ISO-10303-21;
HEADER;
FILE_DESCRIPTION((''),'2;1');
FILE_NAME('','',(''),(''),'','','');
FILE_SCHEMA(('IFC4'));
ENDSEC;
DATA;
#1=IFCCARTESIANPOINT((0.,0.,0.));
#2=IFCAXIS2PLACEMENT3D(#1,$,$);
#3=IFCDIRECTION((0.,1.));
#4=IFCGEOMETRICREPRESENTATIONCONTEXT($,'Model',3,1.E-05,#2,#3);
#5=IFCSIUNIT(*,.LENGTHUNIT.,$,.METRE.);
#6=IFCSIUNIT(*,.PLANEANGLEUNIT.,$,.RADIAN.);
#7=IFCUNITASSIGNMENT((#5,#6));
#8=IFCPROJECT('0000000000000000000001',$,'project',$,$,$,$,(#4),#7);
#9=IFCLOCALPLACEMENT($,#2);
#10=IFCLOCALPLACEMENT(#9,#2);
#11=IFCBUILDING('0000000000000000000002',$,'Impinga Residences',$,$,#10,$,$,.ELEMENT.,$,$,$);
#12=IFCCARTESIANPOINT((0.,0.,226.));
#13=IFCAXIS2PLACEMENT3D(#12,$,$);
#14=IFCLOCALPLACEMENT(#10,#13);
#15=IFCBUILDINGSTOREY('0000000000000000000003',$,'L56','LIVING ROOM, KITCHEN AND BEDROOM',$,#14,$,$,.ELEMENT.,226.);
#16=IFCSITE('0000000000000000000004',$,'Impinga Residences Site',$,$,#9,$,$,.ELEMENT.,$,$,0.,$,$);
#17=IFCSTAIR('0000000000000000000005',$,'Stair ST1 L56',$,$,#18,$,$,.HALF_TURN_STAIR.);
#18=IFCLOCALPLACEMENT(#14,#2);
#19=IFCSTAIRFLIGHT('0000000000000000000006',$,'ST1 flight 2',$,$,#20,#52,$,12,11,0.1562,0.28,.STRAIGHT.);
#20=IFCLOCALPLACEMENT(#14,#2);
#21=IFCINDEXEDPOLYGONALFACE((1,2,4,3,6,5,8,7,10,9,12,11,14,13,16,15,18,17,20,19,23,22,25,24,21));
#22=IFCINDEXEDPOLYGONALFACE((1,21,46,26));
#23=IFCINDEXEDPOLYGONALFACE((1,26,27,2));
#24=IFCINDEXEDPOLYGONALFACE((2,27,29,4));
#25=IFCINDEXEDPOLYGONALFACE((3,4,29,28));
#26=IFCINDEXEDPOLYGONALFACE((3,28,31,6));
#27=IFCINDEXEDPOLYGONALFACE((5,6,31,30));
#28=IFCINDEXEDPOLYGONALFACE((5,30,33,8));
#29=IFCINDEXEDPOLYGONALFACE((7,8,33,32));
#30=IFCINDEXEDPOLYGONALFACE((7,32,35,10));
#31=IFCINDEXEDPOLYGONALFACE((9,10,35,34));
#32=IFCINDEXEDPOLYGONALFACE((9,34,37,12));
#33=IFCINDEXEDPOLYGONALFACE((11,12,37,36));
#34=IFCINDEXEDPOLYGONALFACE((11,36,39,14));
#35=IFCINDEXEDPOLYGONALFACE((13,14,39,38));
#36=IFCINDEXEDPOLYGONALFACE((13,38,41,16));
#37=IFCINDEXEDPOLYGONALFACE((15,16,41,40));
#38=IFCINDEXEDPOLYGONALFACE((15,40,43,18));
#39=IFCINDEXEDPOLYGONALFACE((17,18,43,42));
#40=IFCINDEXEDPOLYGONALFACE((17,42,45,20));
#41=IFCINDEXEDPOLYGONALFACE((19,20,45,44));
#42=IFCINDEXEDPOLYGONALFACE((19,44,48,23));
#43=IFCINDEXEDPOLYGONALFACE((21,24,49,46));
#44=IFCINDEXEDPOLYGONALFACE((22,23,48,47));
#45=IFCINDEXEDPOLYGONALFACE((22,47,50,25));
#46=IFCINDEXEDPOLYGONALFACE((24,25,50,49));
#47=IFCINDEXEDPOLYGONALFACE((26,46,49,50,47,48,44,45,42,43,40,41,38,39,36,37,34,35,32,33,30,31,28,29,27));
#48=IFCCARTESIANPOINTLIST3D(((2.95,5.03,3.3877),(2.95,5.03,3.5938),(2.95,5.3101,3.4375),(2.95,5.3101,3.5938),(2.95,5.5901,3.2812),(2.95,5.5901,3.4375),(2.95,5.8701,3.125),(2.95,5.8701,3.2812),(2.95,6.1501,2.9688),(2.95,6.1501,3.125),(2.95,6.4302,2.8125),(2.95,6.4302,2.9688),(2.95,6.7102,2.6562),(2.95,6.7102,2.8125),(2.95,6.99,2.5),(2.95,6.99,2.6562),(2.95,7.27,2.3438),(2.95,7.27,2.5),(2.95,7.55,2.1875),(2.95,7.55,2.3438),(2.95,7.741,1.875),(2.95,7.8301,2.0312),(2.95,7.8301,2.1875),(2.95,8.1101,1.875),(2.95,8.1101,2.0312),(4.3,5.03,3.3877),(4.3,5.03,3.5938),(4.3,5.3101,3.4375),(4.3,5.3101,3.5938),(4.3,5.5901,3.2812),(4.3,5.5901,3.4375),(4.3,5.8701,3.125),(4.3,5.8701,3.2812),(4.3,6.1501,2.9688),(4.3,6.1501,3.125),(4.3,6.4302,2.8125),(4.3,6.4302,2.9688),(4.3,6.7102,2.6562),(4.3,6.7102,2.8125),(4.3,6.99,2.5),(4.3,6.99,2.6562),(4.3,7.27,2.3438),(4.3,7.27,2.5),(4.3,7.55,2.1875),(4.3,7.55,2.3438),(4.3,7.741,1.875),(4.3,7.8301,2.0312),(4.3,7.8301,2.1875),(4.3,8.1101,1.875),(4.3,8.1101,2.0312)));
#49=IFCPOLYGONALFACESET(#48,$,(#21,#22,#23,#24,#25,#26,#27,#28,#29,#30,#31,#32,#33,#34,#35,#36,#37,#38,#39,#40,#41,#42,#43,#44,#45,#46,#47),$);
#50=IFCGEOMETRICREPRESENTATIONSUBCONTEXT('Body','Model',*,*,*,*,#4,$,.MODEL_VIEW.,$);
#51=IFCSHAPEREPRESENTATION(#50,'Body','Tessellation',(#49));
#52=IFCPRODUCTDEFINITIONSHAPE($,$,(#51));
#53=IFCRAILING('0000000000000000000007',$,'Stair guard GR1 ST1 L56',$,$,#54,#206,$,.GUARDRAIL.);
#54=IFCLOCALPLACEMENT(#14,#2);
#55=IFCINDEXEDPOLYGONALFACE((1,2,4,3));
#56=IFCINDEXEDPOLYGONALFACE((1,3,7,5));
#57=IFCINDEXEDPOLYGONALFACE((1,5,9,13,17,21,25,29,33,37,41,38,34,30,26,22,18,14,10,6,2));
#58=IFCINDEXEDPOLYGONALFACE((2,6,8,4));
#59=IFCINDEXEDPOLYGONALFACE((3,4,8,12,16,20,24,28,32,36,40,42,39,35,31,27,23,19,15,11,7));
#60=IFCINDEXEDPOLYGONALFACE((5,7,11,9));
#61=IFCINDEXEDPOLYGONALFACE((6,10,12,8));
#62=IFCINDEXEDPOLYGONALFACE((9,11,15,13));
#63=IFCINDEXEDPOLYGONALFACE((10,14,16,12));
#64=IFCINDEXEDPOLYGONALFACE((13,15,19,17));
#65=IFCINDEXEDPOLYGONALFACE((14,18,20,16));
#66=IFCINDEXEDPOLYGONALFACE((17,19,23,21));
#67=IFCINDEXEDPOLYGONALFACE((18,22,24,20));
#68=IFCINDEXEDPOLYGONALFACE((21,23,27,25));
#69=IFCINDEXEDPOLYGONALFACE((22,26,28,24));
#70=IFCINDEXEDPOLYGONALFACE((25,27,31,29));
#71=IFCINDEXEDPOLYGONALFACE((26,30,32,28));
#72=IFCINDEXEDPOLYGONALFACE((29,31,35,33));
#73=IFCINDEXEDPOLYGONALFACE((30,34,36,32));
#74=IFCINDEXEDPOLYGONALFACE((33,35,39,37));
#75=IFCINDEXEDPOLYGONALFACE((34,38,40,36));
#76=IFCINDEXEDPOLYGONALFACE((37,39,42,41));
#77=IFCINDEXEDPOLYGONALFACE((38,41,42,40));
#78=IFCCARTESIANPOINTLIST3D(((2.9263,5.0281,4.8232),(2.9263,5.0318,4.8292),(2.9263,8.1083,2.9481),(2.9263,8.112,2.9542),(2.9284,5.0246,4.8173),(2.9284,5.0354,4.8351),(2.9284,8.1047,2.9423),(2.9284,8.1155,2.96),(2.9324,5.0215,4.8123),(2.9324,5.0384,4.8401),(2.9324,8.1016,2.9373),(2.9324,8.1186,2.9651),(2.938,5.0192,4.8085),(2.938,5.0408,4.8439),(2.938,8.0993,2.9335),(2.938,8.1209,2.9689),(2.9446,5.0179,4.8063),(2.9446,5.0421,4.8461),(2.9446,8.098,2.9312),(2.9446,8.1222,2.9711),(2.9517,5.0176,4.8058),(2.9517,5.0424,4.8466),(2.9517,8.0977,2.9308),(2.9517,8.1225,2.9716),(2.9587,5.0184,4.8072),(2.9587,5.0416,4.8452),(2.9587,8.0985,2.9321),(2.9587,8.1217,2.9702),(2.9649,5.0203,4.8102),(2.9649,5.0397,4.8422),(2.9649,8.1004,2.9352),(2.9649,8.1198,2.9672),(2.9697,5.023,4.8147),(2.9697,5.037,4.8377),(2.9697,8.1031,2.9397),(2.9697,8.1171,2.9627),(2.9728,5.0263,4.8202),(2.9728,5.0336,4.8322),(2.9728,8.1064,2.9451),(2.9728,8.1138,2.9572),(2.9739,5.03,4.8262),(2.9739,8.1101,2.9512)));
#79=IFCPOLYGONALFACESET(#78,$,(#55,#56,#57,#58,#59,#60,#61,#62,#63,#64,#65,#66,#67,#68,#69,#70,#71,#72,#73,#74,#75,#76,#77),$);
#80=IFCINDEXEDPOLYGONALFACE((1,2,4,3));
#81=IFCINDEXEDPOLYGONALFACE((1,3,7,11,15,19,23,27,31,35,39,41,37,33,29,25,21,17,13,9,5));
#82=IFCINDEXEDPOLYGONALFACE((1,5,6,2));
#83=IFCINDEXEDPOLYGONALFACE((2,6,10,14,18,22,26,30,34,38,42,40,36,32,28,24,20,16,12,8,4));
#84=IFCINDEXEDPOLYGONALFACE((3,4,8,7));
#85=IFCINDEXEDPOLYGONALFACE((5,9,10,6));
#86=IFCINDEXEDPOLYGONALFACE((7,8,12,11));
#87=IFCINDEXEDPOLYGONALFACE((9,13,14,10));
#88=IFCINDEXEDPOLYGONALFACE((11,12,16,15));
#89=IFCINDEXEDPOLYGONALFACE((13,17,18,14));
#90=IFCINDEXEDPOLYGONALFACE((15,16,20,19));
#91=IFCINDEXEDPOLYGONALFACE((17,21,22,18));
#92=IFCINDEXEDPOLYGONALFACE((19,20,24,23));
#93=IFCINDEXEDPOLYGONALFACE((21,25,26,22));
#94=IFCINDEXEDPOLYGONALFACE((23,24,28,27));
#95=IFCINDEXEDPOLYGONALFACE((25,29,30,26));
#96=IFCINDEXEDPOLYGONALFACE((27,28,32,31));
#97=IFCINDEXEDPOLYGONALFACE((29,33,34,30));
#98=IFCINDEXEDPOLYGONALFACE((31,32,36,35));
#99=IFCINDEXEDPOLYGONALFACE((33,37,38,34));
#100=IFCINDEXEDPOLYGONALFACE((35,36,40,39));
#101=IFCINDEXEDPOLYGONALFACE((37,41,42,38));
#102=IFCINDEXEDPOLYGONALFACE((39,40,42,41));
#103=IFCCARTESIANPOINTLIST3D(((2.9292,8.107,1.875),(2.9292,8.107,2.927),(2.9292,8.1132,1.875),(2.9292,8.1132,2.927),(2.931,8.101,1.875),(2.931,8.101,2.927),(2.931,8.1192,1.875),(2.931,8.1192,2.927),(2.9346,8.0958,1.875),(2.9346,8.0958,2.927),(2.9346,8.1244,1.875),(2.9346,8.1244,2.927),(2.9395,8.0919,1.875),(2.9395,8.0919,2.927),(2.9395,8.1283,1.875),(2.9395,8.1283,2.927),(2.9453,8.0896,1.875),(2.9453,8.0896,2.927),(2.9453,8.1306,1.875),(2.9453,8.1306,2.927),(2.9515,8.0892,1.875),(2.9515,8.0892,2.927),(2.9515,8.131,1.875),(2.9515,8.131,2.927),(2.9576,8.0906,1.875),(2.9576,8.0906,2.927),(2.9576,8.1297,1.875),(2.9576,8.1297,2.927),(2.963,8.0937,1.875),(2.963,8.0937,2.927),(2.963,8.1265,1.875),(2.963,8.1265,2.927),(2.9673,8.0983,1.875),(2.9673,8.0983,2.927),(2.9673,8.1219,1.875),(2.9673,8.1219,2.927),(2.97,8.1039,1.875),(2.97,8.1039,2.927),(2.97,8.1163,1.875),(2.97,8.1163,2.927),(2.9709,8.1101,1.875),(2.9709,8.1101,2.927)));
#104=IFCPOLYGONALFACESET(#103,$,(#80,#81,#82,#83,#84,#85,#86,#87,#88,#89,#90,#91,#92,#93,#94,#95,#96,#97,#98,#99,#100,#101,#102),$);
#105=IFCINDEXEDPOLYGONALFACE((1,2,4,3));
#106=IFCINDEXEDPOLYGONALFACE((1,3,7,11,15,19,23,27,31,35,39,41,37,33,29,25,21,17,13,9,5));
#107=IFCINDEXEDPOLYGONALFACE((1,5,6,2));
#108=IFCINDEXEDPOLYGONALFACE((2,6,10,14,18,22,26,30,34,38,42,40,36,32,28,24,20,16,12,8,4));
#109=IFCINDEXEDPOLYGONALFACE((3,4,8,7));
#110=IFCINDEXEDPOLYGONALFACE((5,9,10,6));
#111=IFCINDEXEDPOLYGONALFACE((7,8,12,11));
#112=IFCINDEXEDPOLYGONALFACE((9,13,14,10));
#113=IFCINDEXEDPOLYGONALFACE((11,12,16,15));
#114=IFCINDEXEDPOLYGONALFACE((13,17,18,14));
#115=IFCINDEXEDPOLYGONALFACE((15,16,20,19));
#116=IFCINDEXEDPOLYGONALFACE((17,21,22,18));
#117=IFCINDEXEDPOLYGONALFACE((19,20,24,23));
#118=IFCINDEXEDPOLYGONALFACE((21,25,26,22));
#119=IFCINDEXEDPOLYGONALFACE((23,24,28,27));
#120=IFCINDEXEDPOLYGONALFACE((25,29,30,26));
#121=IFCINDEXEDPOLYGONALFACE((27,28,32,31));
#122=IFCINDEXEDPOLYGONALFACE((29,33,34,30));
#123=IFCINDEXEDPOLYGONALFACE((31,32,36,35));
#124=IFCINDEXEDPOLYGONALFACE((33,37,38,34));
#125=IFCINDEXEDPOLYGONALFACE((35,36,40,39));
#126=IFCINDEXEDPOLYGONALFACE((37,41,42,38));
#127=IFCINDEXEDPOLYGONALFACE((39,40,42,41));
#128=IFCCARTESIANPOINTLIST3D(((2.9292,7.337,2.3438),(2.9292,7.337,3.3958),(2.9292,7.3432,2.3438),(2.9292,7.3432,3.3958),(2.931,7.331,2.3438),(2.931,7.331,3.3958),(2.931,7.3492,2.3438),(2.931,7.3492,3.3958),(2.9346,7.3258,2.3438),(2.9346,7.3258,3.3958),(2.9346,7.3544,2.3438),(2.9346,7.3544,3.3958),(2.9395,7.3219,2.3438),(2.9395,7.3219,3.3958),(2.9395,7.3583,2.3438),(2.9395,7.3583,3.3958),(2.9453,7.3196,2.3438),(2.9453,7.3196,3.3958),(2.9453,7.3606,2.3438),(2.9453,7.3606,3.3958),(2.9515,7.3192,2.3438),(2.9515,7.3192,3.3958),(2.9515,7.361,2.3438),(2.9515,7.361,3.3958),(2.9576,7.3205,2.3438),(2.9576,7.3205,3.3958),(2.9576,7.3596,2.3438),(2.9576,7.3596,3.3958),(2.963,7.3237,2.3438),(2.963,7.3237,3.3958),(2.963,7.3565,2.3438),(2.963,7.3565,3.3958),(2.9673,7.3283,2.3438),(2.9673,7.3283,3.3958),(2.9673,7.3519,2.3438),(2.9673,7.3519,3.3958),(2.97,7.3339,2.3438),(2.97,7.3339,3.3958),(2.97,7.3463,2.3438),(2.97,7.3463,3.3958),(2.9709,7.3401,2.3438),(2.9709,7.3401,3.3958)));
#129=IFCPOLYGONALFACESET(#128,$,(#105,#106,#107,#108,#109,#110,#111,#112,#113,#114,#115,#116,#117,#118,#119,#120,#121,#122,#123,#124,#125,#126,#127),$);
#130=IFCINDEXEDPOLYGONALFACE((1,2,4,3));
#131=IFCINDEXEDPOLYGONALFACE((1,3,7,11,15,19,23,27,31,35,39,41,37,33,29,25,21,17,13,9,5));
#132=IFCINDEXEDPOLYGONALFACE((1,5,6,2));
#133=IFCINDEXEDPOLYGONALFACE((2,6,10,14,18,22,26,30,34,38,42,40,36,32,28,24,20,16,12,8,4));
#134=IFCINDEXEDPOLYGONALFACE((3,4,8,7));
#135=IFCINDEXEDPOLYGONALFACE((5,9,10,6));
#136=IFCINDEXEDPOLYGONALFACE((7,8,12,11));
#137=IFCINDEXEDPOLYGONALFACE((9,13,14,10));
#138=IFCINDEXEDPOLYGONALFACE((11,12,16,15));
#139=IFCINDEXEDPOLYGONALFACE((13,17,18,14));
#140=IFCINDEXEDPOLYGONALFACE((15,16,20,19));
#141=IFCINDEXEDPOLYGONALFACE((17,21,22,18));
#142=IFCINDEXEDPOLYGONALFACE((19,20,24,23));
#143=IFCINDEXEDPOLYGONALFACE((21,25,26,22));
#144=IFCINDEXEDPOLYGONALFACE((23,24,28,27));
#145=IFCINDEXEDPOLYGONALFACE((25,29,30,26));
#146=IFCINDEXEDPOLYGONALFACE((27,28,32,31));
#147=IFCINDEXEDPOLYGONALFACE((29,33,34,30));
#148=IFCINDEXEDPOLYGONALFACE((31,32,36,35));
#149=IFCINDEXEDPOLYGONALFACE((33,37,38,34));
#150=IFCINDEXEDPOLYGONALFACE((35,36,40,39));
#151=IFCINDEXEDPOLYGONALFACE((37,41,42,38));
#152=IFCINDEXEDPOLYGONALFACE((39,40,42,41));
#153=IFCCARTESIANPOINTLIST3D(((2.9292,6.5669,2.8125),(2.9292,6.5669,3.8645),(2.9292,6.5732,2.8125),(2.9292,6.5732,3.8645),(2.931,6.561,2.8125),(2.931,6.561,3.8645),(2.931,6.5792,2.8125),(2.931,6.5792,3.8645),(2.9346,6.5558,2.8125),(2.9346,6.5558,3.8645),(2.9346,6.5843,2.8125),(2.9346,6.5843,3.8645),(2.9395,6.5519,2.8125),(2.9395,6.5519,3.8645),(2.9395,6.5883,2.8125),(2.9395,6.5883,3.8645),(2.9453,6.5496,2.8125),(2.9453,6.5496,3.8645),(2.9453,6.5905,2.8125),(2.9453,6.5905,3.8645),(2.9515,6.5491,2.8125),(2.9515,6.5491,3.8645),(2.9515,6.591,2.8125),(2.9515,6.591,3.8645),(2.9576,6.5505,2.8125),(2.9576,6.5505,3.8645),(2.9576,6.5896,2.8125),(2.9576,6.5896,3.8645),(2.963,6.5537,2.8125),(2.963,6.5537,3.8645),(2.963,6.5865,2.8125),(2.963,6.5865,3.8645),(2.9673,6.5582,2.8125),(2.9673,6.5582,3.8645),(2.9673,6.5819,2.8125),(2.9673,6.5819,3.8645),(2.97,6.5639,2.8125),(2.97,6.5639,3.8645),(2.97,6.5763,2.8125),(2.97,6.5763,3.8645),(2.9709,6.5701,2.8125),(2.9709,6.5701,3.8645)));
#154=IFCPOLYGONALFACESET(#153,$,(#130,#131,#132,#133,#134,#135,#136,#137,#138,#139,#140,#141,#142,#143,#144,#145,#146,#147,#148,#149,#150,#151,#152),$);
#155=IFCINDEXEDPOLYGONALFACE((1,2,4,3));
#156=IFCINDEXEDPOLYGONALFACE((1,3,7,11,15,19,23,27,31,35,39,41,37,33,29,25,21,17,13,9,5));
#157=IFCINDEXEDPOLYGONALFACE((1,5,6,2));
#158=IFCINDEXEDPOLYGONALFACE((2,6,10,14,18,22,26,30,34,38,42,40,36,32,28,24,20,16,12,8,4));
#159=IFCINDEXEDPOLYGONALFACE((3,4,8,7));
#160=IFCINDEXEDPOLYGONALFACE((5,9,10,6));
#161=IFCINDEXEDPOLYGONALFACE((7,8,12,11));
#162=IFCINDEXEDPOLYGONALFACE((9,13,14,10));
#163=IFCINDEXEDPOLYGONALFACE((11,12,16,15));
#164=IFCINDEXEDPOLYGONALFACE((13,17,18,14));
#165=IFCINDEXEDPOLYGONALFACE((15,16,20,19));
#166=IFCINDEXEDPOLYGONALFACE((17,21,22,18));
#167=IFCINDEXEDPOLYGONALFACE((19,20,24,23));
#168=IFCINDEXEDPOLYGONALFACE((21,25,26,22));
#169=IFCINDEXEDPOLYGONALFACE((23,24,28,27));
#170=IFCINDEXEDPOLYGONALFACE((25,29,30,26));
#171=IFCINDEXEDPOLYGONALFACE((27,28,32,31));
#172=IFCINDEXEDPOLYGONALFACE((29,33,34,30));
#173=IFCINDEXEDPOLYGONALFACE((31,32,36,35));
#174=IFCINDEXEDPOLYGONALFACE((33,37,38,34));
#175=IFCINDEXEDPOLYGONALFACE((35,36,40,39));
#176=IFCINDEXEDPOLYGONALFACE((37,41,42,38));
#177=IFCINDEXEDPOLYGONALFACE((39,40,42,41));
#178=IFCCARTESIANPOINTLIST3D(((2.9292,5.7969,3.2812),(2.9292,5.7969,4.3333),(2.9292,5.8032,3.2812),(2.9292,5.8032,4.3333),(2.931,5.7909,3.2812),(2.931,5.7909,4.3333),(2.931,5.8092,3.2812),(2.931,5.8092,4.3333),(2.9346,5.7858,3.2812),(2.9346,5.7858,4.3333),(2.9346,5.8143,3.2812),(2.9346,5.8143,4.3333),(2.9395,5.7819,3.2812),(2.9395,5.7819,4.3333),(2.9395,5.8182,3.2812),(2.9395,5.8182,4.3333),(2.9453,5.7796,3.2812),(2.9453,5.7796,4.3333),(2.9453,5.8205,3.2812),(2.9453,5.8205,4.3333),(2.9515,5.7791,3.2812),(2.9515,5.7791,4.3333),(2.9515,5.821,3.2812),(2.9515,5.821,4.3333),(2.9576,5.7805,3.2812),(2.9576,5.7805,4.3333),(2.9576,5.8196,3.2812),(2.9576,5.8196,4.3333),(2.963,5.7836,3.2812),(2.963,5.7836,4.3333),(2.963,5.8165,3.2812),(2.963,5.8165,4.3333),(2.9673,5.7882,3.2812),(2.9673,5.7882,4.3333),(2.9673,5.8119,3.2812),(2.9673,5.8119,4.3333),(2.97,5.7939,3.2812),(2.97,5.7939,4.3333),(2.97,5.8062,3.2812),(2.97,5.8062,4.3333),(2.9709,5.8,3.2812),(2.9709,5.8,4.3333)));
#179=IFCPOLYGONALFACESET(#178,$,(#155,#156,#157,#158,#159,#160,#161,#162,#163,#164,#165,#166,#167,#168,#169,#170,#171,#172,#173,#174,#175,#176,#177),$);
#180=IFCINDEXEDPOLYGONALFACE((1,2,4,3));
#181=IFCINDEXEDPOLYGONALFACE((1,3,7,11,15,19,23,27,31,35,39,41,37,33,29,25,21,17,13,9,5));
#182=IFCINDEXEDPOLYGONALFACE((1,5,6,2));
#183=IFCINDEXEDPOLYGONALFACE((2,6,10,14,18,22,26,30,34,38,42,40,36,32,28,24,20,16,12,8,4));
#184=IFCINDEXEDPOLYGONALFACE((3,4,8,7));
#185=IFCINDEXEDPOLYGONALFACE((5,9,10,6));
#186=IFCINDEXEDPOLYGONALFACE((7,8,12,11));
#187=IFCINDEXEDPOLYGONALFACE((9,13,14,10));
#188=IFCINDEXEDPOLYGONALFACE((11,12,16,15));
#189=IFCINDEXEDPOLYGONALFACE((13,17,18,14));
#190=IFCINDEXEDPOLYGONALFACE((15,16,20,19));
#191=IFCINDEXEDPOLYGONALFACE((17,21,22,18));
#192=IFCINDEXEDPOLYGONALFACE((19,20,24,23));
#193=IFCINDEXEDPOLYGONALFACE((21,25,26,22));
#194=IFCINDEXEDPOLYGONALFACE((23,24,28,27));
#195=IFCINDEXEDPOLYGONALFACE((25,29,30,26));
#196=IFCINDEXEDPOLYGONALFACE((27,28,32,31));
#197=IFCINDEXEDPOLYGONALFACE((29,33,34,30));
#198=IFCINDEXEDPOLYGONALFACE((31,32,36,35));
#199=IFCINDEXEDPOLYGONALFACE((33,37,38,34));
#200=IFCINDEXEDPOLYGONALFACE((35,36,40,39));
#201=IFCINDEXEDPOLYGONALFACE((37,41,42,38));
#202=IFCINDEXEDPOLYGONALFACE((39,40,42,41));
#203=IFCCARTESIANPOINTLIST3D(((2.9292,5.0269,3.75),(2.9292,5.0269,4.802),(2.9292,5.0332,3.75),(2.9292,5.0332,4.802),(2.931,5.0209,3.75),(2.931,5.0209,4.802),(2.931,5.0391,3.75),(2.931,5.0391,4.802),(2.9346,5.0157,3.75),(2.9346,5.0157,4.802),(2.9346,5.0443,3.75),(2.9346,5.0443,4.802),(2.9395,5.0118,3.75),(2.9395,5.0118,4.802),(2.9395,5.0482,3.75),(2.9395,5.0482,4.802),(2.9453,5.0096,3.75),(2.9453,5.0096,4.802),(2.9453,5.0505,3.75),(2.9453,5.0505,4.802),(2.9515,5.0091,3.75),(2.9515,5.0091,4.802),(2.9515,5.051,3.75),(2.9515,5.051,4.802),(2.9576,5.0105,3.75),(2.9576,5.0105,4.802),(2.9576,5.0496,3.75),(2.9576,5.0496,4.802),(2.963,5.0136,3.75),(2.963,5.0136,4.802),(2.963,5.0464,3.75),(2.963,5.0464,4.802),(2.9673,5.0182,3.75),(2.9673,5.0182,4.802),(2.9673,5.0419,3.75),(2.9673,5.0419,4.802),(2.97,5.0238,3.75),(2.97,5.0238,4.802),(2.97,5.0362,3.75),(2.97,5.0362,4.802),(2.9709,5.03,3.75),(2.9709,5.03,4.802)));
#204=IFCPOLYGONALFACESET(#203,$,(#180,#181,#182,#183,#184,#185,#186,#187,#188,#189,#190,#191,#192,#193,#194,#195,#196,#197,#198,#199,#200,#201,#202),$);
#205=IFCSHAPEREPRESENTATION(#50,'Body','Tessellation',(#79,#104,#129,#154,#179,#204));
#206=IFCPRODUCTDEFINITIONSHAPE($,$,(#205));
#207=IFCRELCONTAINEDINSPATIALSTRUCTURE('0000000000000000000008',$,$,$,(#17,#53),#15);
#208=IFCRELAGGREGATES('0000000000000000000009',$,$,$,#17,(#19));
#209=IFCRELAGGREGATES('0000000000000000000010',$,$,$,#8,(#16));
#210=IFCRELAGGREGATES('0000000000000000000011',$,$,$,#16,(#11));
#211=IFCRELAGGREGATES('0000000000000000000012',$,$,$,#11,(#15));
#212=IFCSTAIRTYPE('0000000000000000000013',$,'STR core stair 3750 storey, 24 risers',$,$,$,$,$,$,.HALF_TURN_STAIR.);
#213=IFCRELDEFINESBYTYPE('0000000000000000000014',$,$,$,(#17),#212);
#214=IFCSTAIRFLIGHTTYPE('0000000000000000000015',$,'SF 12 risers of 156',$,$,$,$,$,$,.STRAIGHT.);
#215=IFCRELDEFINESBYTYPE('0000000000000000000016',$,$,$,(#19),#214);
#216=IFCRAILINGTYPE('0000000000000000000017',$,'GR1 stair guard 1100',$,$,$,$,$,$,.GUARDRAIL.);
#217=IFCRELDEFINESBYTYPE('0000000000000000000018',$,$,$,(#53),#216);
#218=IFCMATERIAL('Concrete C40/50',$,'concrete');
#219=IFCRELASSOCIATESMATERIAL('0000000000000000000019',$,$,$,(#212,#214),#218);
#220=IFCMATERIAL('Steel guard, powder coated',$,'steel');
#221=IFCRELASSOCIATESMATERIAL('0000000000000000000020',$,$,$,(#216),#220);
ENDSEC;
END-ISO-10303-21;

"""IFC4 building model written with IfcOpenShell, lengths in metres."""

from ifc_helpers import new_model, si_unit, direction, frame, origin, origin_2d, place, context, subcontext, project, spatial, polyline, circle, outline, extrude, material, type_object, element, aggregate, save


model = new_model("IFC4")

# Units and contexts
model_context = context("Model", 3, precision=1e-05, world=origin(), true_north=direction((0.0, 1.0)))
body_context = subcontext(model_context, "Body", "Model", "MODEL_VIEW")
ifc_project = project(units=[si_unit("LENGTHUNIT", "METRE"), si_unit("PLANEANGLEUNIT", "RADIAN")], contexts=[model_context])

# Site, building, storey
site_placement = place(None, origin())
site = spatial("IfcSite", under=ifc_project, at=site_placement, Name="Impinga Residences Site", CompositionType="ELEMENT", RefElevation=0.0)
building_placement = place(site_placement, origin())
building = spatial("IfcBuilding", under=site, at=building_placement, Name="Impinga Residences", CompositionType="ELEMENT")
storey_placement = place(building_placement, frame((0.0, 0.0, 226.0)))
storey = spatial("IfcBuildingStorey", under=building, at=storey_placement, Name="L56", Description="LIVING ROOM, KITCHEN AND BEDROOM", CompositionType="ELEMENT", Elevation=226.0)

# Stair, stair flight
ifc_material_1 = material(Name="Concrete C40/50", Category="concrete")
stair_type = type_object("IfcStairType", Name="STR core stair 3750 storey, 24 risers", PredefinedType="HALF_TURN_STAIR", material=ifc_material_1)
stair_placement = place(storey_placement, origin())
stair = element("IfcStair", 1, at=stair_placement, inside=storey, type_object=stair_type, Name="Stair ST1 L56", PredefinedType="HALF_TURN_STAIR")
stair_flight_type = type_object("IfcStairFlightType", Name="SF 12 risers of 156", PredefinedType="STRAIGHT", material=ifc_material_1)
stair_flight_placement = place(storey_placement, frame((3.625, 8.1101, 1.875), z_axis=(0.0, 0.0, 1.0), x_axis=(0.0, -1.0, 0.0)))
stair_flight = element("IfcStairFlight", 2, at=stair_flight_placement, type_object=stair_flight_type, Name="ST1 flight 2", NumberOfRisers=12, NumberOfTreads=11, PredefinedType="STRAIGHT", RiserHeight=0.1562, TreadLength=0.28, context=body_context, shape_type="SweptSolid", body=[
    extrude(outline(polyline([(0.0, 0.0), (0.0, 0.1562), (0.28, 0.1562), (0.28, 0.3125), (0.5601, 0.3125), (0.5601, 0.4688), (0.8401, 0.4688), (0.8401, 0.625), (1.1201, 0.625), (1.1201, 0.7812), (1.3999, 0.7812), (1.3999, 0.9375), (1.6799, 0.9375), (1.6799, 1.0938), (1.96, 1.0938), (1.96, 1.25), (2.24, 1.25), (2.24, 1.4062), (2.52, 1.4062), (2.52, 1.5625), (2.8, 1.5625), (2.8, 1.7188), (3.0801, 1.7188), (3.0801, 1.875), (3.0801, 1.5127), (0.3691, 0.0), (0.0, 0.0)])), frame((0.0, 0.675, 0.0), z_axis=(0.0, -1.0, 0.0), x_axis=(1.0, 0.0, 0.0)), (0.0, 0.0, 1.0), 1.3501),
])
aggregate(stair, [stair_flight])

# Railing
ifc_material_2 = material(Name="Steel guard, powder coated", Category="steel")
railing_type_1 = type_object("IfcRailingType", Name="GR1 stair guard 1100", PredefinedType="GUARDRAIL", material=ifc_material_2)
railing_1_placement = place(storey_placement, frame((2.95, 8.1101, 1.875)))
element("IfcRailing", 3, at=railing_1_placement, inside=storey, type_object=railing_type_1, Name="Stair guard GR1 ST1 L56", PredefinedType="GUARDRAIL", context=body_context, shape_type="SweptSolid", body=[
    extrude(circle(Radius=0.0239, at=origin_2d()), frame((0.0, 0.0, 1.0762), z_axis=(0.0, -0.854178, 0.519981), x_axis=(1.0, 0.0, 0.0)), (0.0, 0.0, 1.0), 3.606),
    extrude(circle(Radius=0.021, at=origin_2d()), origin(), (0.0, 0.0, 1.0), 1.052),
    extrude(circle(Radius=0.021, at=origin_2d()), frame((0.0, -0.77, 0.4688)), (0.0, 0.0, 1.0), 1.052),
    extrude(circle(Radius=0.021, at=origin_2d()), frame((0.0, -1.54, 0.9375)), (0.0, 0.0, 1.0), 1.052),
    extrude(circle(Radius=0.021, at=origin_2d()), frame((0.0, -2.3101, 1.4062)), (0.0, 0.0, 1.0), 1.052),
    extrude(circle(Radius=0.021, at=origin_2d()), frame((0.0, -3.0801, 1.875)), (0.0, 0.0, 1.0), 1.052),
])

save(model, "model.ifc")
